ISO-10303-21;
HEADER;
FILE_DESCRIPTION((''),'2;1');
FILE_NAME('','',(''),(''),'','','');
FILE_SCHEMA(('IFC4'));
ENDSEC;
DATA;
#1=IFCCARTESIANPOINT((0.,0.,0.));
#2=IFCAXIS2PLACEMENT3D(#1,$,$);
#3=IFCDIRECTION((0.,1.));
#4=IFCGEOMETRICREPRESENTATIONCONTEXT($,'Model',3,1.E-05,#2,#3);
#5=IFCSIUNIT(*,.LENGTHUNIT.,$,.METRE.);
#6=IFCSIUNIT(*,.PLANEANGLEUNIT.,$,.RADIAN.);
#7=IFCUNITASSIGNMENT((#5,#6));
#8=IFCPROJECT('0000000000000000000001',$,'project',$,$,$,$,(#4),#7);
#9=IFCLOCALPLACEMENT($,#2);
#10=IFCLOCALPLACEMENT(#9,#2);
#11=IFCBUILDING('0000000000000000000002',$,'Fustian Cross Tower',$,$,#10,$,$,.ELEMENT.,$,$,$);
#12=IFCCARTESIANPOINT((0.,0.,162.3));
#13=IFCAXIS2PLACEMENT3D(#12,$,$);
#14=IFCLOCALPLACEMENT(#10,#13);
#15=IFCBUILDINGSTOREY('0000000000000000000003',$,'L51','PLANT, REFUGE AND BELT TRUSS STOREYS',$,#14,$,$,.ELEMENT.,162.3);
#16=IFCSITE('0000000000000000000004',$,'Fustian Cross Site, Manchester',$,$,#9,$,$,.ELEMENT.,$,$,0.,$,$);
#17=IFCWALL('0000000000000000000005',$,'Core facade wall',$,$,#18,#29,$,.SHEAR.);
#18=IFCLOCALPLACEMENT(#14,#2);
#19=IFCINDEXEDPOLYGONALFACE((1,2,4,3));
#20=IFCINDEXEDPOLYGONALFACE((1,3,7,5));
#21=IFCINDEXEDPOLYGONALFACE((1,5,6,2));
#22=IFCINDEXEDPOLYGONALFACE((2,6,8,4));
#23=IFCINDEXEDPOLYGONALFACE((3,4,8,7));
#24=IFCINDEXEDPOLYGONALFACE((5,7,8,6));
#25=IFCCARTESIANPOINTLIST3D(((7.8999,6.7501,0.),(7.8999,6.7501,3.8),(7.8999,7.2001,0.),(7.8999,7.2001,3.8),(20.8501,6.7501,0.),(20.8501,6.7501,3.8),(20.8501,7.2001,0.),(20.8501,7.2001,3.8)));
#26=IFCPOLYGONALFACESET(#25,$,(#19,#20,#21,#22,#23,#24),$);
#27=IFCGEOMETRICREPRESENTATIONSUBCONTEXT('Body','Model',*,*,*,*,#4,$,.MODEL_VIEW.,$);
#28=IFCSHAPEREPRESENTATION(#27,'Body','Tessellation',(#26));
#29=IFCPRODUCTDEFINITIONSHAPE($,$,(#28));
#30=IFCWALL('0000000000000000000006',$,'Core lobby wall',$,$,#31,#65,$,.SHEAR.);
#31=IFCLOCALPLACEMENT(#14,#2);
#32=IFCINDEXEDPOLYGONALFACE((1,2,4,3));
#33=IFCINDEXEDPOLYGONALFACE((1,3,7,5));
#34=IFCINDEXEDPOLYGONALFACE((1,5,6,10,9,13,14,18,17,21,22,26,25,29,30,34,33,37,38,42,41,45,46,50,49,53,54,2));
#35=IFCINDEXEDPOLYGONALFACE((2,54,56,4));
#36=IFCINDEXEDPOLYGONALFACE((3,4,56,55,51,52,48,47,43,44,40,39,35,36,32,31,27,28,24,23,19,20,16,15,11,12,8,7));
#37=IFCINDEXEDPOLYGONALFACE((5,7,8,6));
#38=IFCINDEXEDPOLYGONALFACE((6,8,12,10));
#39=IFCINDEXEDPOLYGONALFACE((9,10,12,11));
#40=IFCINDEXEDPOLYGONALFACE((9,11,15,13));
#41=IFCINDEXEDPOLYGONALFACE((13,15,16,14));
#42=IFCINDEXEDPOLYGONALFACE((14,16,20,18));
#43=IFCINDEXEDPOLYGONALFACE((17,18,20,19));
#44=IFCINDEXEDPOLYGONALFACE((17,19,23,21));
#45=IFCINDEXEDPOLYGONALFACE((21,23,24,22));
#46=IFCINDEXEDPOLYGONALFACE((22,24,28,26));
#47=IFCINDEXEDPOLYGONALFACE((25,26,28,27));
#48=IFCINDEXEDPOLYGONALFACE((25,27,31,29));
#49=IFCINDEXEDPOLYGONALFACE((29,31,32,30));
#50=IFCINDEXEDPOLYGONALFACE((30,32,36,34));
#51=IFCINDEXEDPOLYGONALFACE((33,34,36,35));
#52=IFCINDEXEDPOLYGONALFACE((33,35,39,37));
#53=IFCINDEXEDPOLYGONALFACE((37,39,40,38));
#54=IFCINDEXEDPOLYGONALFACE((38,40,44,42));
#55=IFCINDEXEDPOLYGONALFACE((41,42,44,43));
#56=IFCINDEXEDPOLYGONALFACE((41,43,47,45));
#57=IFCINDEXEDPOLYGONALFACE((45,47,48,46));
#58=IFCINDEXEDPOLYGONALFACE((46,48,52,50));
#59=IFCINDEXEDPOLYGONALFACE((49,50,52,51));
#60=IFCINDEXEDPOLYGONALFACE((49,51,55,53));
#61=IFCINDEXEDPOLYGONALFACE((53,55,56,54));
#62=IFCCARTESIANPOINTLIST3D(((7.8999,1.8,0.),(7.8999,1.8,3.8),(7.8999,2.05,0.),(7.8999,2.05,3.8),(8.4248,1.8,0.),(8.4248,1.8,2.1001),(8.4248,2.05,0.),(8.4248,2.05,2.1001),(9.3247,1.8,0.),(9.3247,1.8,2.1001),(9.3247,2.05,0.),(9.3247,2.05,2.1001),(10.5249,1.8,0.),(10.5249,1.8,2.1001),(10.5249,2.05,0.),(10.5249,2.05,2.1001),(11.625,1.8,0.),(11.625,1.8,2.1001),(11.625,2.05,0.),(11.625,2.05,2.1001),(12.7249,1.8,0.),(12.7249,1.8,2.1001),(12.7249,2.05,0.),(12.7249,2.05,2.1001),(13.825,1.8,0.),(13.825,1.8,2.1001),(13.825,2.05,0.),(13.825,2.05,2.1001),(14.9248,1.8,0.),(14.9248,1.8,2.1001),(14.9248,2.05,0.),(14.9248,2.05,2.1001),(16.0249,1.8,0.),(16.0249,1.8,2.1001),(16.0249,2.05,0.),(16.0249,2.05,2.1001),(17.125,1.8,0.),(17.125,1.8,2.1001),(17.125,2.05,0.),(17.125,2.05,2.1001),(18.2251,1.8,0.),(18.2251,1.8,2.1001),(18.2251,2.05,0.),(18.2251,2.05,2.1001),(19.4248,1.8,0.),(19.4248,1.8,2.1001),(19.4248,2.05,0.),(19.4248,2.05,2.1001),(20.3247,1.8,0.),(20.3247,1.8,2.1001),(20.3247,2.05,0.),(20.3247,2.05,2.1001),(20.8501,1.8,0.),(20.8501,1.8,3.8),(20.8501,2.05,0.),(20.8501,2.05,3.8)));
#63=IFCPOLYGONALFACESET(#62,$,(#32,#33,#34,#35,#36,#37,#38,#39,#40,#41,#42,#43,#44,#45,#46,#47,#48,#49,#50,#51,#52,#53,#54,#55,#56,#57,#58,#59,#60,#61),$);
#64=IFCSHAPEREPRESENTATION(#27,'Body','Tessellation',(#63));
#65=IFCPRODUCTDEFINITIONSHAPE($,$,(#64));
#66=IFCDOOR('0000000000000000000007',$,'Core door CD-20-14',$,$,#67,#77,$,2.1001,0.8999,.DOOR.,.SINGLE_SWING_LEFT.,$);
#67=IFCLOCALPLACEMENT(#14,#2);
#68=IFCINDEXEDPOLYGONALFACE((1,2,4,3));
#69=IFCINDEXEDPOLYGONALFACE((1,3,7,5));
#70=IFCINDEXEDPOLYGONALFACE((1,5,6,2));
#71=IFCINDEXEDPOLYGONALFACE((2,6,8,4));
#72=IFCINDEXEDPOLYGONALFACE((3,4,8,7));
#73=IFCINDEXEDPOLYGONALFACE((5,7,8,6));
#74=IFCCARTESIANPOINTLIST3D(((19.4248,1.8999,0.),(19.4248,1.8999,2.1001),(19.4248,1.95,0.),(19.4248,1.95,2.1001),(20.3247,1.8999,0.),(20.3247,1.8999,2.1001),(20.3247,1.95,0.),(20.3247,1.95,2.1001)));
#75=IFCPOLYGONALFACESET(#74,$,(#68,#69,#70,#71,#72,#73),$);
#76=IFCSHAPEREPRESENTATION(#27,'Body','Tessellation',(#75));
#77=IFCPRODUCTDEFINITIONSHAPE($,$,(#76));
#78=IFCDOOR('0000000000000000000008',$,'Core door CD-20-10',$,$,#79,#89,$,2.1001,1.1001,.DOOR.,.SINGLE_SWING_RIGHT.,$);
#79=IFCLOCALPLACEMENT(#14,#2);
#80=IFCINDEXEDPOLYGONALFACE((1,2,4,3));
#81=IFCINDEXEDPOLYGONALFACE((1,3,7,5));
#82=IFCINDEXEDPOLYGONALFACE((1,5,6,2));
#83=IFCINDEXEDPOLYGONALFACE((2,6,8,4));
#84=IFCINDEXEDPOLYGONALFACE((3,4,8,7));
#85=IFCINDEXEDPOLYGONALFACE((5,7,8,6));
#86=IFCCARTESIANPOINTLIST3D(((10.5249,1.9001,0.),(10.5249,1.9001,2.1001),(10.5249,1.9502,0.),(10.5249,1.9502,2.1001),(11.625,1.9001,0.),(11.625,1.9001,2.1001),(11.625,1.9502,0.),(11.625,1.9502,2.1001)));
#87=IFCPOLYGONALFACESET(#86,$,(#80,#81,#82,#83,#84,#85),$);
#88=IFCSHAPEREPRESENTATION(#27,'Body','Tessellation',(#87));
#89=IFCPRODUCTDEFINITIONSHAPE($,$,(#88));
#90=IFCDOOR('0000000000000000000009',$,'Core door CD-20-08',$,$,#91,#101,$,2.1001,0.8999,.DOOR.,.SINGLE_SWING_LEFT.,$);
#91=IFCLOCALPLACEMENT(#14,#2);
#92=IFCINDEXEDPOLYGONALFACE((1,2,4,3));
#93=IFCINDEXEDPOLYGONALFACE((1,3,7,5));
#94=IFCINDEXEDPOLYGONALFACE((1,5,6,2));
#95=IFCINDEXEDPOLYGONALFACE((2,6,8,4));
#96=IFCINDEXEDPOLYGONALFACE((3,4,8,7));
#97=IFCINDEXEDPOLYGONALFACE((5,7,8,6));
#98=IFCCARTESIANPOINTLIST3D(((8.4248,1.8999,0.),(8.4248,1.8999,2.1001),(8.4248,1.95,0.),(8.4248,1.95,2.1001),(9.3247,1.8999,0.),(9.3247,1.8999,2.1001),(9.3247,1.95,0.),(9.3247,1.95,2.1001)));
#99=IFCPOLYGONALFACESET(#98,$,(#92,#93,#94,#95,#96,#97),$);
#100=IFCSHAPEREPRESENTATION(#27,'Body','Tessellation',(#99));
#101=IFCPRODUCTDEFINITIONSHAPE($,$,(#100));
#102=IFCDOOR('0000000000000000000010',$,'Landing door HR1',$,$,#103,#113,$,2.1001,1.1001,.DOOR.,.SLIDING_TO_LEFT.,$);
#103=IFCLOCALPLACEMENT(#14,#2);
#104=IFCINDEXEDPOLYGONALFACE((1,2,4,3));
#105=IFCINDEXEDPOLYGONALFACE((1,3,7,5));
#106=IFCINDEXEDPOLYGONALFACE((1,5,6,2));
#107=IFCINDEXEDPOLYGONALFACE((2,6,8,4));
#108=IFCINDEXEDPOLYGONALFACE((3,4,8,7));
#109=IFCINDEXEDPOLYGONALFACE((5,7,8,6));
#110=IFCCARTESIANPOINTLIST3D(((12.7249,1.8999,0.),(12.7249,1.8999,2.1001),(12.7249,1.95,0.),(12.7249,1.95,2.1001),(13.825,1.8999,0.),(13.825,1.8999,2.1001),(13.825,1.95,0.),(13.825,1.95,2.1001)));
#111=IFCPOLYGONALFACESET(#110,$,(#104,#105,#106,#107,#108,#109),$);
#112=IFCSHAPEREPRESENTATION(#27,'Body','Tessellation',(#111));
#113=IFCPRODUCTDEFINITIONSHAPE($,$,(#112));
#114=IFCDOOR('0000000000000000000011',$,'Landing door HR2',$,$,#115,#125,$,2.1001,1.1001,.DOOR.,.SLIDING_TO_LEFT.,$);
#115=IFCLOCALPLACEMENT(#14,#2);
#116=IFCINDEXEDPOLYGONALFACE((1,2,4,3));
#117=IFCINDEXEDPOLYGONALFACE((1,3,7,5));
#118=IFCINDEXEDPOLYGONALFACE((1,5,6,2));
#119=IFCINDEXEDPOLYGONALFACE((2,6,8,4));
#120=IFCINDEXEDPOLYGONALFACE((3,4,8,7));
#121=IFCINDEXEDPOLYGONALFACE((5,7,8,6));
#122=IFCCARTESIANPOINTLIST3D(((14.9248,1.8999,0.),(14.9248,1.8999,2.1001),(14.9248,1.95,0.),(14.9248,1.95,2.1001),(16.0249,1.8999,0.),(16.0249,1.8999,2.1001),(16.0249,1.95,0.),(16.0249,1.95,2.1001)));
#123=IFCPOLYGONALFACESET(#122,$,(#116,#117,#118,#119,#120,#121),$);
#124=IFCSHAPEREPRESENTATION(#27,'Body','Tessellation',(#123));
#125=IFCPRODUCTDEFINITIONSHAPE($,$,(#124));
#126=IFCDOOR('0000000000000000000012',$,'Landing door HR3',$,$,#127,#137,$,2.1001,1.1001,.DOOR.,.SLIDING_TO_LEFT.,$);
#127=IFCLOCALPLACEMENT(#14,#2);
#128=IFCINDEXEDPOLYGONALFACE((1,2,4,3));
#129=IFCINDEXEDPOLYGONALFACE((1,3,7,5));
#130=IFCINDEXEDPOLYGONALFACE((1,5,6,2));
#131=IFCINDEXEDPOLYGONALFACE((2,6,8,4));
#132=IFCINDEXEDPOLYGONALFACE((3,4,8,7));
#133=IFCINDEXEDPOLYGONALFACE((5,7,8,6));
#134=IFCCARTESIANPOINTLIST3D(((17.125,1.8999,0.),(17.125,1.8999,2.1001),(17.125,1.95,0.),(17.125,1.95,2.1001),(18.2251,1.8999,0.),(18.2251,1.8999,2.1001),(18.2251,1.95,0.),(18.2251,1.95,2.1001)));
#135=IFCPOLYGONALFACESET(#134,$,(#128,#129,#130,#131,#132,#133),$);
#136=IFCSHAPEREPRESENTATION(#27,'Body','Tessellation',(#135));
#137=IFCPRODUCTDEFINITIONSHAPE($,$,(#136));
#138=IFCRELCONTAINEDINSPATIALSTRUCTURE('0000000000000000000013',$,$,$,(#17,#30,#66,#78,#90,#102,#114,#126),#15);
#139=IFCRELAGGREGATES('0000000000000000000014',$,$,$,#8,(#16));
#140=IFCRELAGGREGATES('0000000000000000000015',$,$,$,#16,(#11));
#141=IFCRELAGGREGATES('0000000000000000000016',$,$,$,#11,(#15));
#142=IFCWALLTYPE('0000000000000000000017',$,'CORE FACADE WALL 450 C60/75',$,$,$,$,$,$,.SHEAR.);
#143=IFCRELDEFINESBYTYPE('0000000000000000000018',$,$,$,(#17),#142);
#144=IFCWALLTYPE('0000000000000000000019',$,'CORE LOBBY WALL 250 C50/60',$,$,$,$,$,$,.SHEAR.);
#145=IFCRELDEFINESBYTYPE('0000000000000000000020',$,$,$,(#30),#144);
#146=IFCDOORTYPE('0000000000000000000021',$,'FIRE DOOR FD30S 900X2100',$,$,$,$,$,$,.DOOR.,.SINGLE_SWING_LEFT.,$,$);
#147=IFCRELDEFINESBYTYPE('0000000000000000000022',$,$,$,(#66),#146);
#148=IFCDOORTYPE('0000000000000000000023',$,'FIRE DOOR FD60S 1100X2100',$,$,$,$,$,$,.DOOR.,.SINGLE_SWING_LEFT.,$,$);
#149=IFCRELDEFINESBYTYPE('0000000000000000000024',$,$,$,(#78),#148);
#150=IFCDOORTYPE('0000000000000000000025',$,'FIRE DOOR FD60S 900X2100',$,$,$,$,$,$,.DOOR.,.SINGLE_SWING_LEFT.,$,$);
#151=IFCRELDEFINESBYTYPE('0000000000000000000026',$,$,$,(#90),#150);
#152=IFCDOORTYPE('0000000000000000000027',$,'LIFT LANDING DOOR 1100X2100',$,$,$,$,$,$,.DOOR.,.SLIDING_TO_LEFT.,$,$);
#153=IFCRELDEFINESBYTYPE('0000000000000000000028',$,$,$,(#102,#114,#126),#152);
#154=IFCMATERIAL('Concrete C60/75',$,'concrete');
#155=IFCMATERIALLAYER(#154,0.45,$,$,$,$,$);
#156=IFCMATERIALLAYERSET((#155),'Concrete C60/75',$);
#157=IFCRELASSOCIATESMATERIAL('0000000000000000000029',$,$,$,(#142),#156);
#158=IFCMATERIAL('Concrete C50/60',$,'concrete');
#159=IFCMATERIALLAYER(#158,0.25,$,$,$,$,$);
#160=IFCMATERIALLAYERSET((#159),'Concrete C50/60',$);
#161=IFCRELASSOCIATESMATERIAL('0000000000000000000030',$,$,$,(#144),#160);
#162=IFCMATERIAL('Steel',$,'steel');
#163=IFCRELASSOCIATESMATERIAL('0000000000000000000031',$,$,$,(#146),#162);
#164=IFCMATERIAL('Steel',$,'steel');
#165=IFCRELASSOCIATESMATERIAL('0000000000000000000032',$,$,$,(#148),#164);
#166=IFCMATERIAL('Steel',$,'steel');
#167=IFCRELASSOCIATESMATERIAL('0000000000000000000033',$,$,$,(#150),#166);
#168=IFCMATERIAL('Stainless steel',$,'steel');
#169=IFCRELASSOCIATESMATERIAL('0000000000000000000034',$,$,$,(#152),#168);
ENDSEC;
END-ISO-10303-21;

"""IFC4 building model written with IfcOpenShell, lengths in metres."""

from ifc_helpers import new_model, si_unit, direction, frame, frame_2d, origin, place, context, subcontext, project, spatial, rectangle, extrude, material, layer, layer_set, type_object, element, fill, save


model = new_model("IFC4")

# Units and contexts
model_context = context("Model", 3, precision=1e-05, world=origin(), true_north=direction((0.0, 1.0)))
body_context = subcontext(model_context, "Body", "Model", "MODEL_VIEW")
ifc_project = project(units=[si_unit("LENGTHUNIT", "METRE"), si_unit("PLANEANGLEUNIT", "RADIAN")], contexts=[model_context])

# Site, building, storey
site_placement = place(None, origin())
site = spatial("IfcSite", under=ifc_project, at=site_placement, Name="Fustian Cross Site, Manchester", CompositionType="ELEMENT", RefElevation=0.0)
building_placement = place(site_placement, origin())
building = spatial("IfcBuilding", under=site, at=building_placement, Name="Fustian Cross Tower", CompositionType="ELEMENT")
storey_placement = place(building_placement, frame((0.0, 0.0, 162.3)))
storey = spatial("IfcBuildingStorey", under=building, at=storey_placement, Name="L51", Description="PLANT, REFUGE AND BELT TRUSS STOREYS", CompositionType="ELEMENT", Elevation=162.3)

# Wall
ifc_material_1 = material(Name="Concrete C60/75", Category="concrete")
ifc_layer_1 = layer(ifc_material_1, 0.45)
ifc_layer_set_1 = layer_set([ifc_layer_1], Name="Concrete C60/75")
wall_type_1 = type_object("IfcWallType", Name="CORE FACADE WALL 450 C60/75", PredefinedType="SHEAR", material=ifc_layer_set_1)
wall_1_placement = place(storey_placement, frame((7.8999, 6.9751, 0.0), z_axis=(0.0, 0.0, 1.0), x_axis=(1.0, 0.0, 0.0)))
element("IfcWall", 1, at=wall_1_placement, inside=storey, type_object=wall_type_1, Name="Core facade wall", PredefinedType="SHEAR", context=body_context, shape_type="SweptSolid", body=[
    extrude(rectangle(XDim=12.9502, YDim=0.45, at=frame_2d((6.4751, 0.0))), origin(), (0.0, 0.0, 1.0), 3.8),
])

# Wall, openings, doors
ifc_material_2 = material(Name="Concrete C50/60", Category="concrete")
ifc_layer_2 = layer(ifc_material_2, 0.25)
ifc_layer_set_2 = layer_set([ifc_layer_2], Name="Concrete C50/60")
wall_type_2 = type_object("IfcWallType", Name="CORE LOBBY WALL 250 C50/60", PredefinedType="SHEAR", material=ifc_layer_set_2)
wall_2_placement = place(storey_placement, frame((7.8999, 1.925, 0.0), z_axis=(0.0, 0.0, 1.0), x_axis=(1.0, 0.0, 0.0)))
wall_2 = element("IfcWall", 2, at=wall_2_placement, inside=storey, type_object=wall_type_2, Name="Core lobby wall", PredefinedType="SHEAR", context=body_context, shape_type="SweptSolid", body=[
    extrude(rectangle(XDim=12.9502, YDim=0.25, at=frame_2d((6.4751, 0.0))), origin(), (0.0, 0.0, 1.0), 3.8),
])
opening_1_placement = place(wall_2_placement, frame((4.825, 0.0, 0.0)))
opening_1 = element("IfcOpeningElement", 3, at=opening_1_placement, cuts=wall_2, PredefinedType="OPENING", context=body_context, shape_type="SweptSolid", body=[
    extrude(rectangle(XDim=1.1001, YDim=2.1001, at=frame_2d((0.55, 1.05))), frame((0.0, 0.135, 0.0), z_axis=(0.0, -1.0, 0.0), x_axis=(1.0, 0.0, 0.0)), (0.0, 0.0, 1.0), 0.27),
])
opening_2_placement = place(wall_2_placement, frame((7.0249, 0.0, 0.0)))
opening_2 = element("IfcOpeningElement", 4, at=opening_2_placement, cuts=wall_2, PredefinedType="OPENING", context=body_context, shape_type="SweptSolid", body=[
    extrude(rectangle(XDim=1.1001, YDim=2.1001, at=frame_2d((0.55, 1.05))), frame((0.0, 0.135, 0.0), z_axis=(0.0, -1.0, 0.0), x_axis=(1.0, 0.0, 0.0)), (0.0, 0.0, 1.0), 0.27),
])
opening_3_placement = place(wall_2_placement, frame((9.2251, 0.0, 0.0)))
opening_3 = element("IfcOpeningElement", 5, at=opening_3_placement, cuts=wall_2, PredefinedType="OPENING", context=body_context, shape_type="SweptSolid", body=[
    extrude(rectangle(XDim=1.1001, YDim=2.1001, at=frame_2d((0.55, 1.05))), frame((0.0, 0.135, 0.0), z_axis=(0.0, -1.0, 0.0), x_axis=(1.0, 0.0, 0.0)), (0.0, 0.0, 1.0), 0.27),
])
opening_4_placement = place(wall_2_placement, frame((0.5249, 0.0, 0.0)))
opening_4 = element("IfcOpeningElement", 6, at=opening_4_placement, cuts=wall_2, PredefinedType="OPENING", context=body_context, shape_type="SweptSolid", body=[
    extrude(rectangle(XDim=0.8999, YDim=2.1001, at=frame_2d((0.45, 1.05))), frame((0.0, 0.135, 0.0), z_axis=(0.0, -1.0, 0.0), x_axis=(1.0, 0.0, 0.0)), (0.0, 0.0, 1.0), 0.27),
])
opening_5_placement = place(wall_2_placement, frame((2.625, 0.0, 0.0)))
opening_5 = element("IfcOpeningElement", 7, at=opening_5_placement, cuts=wall_2, PredefinedType="OPENING", context=body_context, shape_type="SweptSolid", body=[
    extrude(rectangle(XDim=1.1001, YDim=2.1001, at=frame_2d((0.55, 1.05))), frame((0.0, 0.135, 0.0), z_axis=(0.0, -1.0, 0.0), x_axis=(1.0, 0.0, 0.0)), (0.0, 0.0, 1.0), 0.27),
])
opening_6_placement = place(wall_2_placement, frame((11.5249, 0.0, 0.0)))
opening_6 = element("IfcOpeningElement", 8, at=opening_6_placement, cuts=wall_2, PredefinedType="OPENING", context=body_context, shape_type="SweptSolid", body=[
    extrude(rectangle(XDim=0.8999, YDim=2.1001, at=frame_2d((0.45, 1.05))), frame((0.0, 0.135, 0.0), z_axis=(0.0, -1.0, 0.0), x_axis=(1.0, 0.0, 0.0)), (0.0, 0.0, 1.0), 0.27),
])
ifc_material_3 = material(Name="Steel", Category="steel")
door_type_1 = type_object("IfcDoorType", Name="FIRE DOOR FD30S 900X2100", OperationType="SINGLE_SWING_LEFT", PredefinedType="DOOR", material=ifc_material_3)
door_1_placement = place(opening_6_placement, origin())
door_1 = element("IfcDoor", 9, at=door_1_placement, inside=storey, type_object=door_type_1, Name="Core door CD-20-14", OperationType="SINGLE_SWING_LEFT", OverallHeight=2.1001, OverallWidth=0.8999, PredefinedType="DOOR", context=body_context, shape_type="SweptSolid", body=[
    extrude(rectangle(XDim=0.8999, YDim=2.1001, at=frame_2d((0.45, 1.05))), frame((0.0, 0.0249, 0.0), z_axis=(0.0, -1.0, 0.0), x_axis=(1.0, 0.0, 0.0)), (0.0, 0.0, 1.0), 0.05),
])
fill(opening_6, door_1)
ifc_material_4 = material(Name="Steel", Category="steel")
door_type_2 = type_object("IfcDoorType", Name="FIRE DOOR FD60S 1100X2100", OperationType="SINGLE_SWING_LEFT", PredefinedType="DOOR", material=ifc_material_4)
door_2_placement = place(opening_5_placement, frame((1.1001, 0.0, 0.0), z_axis=(0.0, 0.0, 1.0), x_axis=(-1.0, 0.0, 0.0)))
door_2 = element("IfcDoor", 10, at=door_2_placement, inside=storey, type_object=door_type_2, Name="Core door CD-20-10", OperationType="SINGLE_SWING_RIGHT", OverallHeight=2.1001, OverallWidth=1.1001, PredefinedType="DOOR", context=body_context, shape_type="SweptSolid", body=[
    extrude(rectangle(XDim=1.1001, YDim=2.1001, at=frame_2d((0.55, 1.05))), frame((0.0, 0.0249, 0.0), z_axis=(0.0, -1.0, 0.0), x_axis=(1.0, 0.0, 0.0)), (0.0, 0.0, 1.0), 0.05),
])
fill(opening_5, door_2)
ifc_material_5 = material(Name="Steel", Category="steel")
door_type_3 = type_object("IfcDoorType", Name="FIRE DOOR FD60S 900X2100", OperationType="SINGLE_SWING_LEFT", PredefinedType="DOOR", material=ifc_material_5)
door_3_placement = place(opening_4_placement, origin())
door_3 = element("IfcDoor", 11, at=door_3_placement, inside=storey, type_object=door_type_3, Name="Core door CD-20-08", OperationType="SINGLE_SWING_LEFT", OverallHeight=2.1001, OverallWidth=0.8999, PredefinedType="DOOR", context=body_context, shape_type="SweptSolid", body=[
    extrude(rectangle(XDim=0.8999, YDim=2.1001, at=frame_2d((0.45, 1.05))), frame((0.0, 0.0249, 0.0), z_axis=(0.0, -1.0, 0.0), x_axis=(1.0, 0.0, 0.0)), (0.0, 0.0, 1.0), 0.05),
])
fill(opening_4, door_3)
ifc_material_6 = material(Name="Stainless steel", Category="steel")
door_type_4 = type_object("IfcDoorType", Name="LIFT LANDING DOOR 1100X2100", OperationType="SLIDING_TO_LEFT", PredefinedType="DOOR", material=ifc_material_6)
door_4_placement = place(opening_1_placement, origin())
door_4 = element("IfcDoor", 12, at=door_4_placement, inside=storey, type_object=door_type_4, Name="Landing door HR1", OperationType="SLIDING_TO_LEFT", OverallHeight=2.1001, OverallWidth=1.1001, PredefinedType="DOOR", context=body_context, shape_type="SweptSolid", body=[
    extrude(rectangle(XDim=1.1001, YDim=2.1001, at=frame_2d((0.55, 1.05))), frame((0.0, 0.0249, 0.0), z_axis=(0.0, -1.0, 0.0), x_axis=(1.0, 0.0, 0.0)), (0.0, 0.0, 1.0), 0.05),
])
fill(opening_1, door_4)
door_5_placement = place(opening_2_placement, origin())
door_5 = element("IfcDoor", 13, at=door_5_placement, inside=storey, type_object=door_type_4, Name="Landing door HR2", OperationType="SLIDING_TO_LEFT", OverallHeight=2.1001, OverallWidth=1.1001, PredefinedType="DOOR", context=body_context, shape_type="SweptSolid", body=[
    extrude(rectangle(XDim=1.1001, YDim=2.1001, at=frame_2d((0.55, 1.05))), frame((0.0, 0.0249, 0.0), z_axis=(0.0, -1.0, 0.0), x_axis=(1.0, 0.0, 0.0)), (0.0, 0.0, 1.0), 0.05),
])
fill(opening_2, door_5)
door_6_placement = place(opening_3_placement, origin())
door_6 = element("IfcDoor", 14, at=door_6_placement, inside=storey, type_object=door_type_4, Name="Landing door HR3", OperationType="SLIDING_TO_LEFT", OverallHeight=2.1001, OverallWidth=1.1001, PredefinedType="DOOR", context=body_context, shape_type="SweptSolid", body=[
    extrude(rectangle(XDim=1.1001, YDim=2.1001, at=frame_2d((0.55, 1.05))), frame((0.0, 0.0249, 0.0), z_axis=(0.0, -1.0, 0.0), x_axis=(1.0, 0.0, 0.0)), (0.0, 0.0, 1.0), 0.05),
])
fill(opening_3, door_6)

save(model, "model.ifc")
